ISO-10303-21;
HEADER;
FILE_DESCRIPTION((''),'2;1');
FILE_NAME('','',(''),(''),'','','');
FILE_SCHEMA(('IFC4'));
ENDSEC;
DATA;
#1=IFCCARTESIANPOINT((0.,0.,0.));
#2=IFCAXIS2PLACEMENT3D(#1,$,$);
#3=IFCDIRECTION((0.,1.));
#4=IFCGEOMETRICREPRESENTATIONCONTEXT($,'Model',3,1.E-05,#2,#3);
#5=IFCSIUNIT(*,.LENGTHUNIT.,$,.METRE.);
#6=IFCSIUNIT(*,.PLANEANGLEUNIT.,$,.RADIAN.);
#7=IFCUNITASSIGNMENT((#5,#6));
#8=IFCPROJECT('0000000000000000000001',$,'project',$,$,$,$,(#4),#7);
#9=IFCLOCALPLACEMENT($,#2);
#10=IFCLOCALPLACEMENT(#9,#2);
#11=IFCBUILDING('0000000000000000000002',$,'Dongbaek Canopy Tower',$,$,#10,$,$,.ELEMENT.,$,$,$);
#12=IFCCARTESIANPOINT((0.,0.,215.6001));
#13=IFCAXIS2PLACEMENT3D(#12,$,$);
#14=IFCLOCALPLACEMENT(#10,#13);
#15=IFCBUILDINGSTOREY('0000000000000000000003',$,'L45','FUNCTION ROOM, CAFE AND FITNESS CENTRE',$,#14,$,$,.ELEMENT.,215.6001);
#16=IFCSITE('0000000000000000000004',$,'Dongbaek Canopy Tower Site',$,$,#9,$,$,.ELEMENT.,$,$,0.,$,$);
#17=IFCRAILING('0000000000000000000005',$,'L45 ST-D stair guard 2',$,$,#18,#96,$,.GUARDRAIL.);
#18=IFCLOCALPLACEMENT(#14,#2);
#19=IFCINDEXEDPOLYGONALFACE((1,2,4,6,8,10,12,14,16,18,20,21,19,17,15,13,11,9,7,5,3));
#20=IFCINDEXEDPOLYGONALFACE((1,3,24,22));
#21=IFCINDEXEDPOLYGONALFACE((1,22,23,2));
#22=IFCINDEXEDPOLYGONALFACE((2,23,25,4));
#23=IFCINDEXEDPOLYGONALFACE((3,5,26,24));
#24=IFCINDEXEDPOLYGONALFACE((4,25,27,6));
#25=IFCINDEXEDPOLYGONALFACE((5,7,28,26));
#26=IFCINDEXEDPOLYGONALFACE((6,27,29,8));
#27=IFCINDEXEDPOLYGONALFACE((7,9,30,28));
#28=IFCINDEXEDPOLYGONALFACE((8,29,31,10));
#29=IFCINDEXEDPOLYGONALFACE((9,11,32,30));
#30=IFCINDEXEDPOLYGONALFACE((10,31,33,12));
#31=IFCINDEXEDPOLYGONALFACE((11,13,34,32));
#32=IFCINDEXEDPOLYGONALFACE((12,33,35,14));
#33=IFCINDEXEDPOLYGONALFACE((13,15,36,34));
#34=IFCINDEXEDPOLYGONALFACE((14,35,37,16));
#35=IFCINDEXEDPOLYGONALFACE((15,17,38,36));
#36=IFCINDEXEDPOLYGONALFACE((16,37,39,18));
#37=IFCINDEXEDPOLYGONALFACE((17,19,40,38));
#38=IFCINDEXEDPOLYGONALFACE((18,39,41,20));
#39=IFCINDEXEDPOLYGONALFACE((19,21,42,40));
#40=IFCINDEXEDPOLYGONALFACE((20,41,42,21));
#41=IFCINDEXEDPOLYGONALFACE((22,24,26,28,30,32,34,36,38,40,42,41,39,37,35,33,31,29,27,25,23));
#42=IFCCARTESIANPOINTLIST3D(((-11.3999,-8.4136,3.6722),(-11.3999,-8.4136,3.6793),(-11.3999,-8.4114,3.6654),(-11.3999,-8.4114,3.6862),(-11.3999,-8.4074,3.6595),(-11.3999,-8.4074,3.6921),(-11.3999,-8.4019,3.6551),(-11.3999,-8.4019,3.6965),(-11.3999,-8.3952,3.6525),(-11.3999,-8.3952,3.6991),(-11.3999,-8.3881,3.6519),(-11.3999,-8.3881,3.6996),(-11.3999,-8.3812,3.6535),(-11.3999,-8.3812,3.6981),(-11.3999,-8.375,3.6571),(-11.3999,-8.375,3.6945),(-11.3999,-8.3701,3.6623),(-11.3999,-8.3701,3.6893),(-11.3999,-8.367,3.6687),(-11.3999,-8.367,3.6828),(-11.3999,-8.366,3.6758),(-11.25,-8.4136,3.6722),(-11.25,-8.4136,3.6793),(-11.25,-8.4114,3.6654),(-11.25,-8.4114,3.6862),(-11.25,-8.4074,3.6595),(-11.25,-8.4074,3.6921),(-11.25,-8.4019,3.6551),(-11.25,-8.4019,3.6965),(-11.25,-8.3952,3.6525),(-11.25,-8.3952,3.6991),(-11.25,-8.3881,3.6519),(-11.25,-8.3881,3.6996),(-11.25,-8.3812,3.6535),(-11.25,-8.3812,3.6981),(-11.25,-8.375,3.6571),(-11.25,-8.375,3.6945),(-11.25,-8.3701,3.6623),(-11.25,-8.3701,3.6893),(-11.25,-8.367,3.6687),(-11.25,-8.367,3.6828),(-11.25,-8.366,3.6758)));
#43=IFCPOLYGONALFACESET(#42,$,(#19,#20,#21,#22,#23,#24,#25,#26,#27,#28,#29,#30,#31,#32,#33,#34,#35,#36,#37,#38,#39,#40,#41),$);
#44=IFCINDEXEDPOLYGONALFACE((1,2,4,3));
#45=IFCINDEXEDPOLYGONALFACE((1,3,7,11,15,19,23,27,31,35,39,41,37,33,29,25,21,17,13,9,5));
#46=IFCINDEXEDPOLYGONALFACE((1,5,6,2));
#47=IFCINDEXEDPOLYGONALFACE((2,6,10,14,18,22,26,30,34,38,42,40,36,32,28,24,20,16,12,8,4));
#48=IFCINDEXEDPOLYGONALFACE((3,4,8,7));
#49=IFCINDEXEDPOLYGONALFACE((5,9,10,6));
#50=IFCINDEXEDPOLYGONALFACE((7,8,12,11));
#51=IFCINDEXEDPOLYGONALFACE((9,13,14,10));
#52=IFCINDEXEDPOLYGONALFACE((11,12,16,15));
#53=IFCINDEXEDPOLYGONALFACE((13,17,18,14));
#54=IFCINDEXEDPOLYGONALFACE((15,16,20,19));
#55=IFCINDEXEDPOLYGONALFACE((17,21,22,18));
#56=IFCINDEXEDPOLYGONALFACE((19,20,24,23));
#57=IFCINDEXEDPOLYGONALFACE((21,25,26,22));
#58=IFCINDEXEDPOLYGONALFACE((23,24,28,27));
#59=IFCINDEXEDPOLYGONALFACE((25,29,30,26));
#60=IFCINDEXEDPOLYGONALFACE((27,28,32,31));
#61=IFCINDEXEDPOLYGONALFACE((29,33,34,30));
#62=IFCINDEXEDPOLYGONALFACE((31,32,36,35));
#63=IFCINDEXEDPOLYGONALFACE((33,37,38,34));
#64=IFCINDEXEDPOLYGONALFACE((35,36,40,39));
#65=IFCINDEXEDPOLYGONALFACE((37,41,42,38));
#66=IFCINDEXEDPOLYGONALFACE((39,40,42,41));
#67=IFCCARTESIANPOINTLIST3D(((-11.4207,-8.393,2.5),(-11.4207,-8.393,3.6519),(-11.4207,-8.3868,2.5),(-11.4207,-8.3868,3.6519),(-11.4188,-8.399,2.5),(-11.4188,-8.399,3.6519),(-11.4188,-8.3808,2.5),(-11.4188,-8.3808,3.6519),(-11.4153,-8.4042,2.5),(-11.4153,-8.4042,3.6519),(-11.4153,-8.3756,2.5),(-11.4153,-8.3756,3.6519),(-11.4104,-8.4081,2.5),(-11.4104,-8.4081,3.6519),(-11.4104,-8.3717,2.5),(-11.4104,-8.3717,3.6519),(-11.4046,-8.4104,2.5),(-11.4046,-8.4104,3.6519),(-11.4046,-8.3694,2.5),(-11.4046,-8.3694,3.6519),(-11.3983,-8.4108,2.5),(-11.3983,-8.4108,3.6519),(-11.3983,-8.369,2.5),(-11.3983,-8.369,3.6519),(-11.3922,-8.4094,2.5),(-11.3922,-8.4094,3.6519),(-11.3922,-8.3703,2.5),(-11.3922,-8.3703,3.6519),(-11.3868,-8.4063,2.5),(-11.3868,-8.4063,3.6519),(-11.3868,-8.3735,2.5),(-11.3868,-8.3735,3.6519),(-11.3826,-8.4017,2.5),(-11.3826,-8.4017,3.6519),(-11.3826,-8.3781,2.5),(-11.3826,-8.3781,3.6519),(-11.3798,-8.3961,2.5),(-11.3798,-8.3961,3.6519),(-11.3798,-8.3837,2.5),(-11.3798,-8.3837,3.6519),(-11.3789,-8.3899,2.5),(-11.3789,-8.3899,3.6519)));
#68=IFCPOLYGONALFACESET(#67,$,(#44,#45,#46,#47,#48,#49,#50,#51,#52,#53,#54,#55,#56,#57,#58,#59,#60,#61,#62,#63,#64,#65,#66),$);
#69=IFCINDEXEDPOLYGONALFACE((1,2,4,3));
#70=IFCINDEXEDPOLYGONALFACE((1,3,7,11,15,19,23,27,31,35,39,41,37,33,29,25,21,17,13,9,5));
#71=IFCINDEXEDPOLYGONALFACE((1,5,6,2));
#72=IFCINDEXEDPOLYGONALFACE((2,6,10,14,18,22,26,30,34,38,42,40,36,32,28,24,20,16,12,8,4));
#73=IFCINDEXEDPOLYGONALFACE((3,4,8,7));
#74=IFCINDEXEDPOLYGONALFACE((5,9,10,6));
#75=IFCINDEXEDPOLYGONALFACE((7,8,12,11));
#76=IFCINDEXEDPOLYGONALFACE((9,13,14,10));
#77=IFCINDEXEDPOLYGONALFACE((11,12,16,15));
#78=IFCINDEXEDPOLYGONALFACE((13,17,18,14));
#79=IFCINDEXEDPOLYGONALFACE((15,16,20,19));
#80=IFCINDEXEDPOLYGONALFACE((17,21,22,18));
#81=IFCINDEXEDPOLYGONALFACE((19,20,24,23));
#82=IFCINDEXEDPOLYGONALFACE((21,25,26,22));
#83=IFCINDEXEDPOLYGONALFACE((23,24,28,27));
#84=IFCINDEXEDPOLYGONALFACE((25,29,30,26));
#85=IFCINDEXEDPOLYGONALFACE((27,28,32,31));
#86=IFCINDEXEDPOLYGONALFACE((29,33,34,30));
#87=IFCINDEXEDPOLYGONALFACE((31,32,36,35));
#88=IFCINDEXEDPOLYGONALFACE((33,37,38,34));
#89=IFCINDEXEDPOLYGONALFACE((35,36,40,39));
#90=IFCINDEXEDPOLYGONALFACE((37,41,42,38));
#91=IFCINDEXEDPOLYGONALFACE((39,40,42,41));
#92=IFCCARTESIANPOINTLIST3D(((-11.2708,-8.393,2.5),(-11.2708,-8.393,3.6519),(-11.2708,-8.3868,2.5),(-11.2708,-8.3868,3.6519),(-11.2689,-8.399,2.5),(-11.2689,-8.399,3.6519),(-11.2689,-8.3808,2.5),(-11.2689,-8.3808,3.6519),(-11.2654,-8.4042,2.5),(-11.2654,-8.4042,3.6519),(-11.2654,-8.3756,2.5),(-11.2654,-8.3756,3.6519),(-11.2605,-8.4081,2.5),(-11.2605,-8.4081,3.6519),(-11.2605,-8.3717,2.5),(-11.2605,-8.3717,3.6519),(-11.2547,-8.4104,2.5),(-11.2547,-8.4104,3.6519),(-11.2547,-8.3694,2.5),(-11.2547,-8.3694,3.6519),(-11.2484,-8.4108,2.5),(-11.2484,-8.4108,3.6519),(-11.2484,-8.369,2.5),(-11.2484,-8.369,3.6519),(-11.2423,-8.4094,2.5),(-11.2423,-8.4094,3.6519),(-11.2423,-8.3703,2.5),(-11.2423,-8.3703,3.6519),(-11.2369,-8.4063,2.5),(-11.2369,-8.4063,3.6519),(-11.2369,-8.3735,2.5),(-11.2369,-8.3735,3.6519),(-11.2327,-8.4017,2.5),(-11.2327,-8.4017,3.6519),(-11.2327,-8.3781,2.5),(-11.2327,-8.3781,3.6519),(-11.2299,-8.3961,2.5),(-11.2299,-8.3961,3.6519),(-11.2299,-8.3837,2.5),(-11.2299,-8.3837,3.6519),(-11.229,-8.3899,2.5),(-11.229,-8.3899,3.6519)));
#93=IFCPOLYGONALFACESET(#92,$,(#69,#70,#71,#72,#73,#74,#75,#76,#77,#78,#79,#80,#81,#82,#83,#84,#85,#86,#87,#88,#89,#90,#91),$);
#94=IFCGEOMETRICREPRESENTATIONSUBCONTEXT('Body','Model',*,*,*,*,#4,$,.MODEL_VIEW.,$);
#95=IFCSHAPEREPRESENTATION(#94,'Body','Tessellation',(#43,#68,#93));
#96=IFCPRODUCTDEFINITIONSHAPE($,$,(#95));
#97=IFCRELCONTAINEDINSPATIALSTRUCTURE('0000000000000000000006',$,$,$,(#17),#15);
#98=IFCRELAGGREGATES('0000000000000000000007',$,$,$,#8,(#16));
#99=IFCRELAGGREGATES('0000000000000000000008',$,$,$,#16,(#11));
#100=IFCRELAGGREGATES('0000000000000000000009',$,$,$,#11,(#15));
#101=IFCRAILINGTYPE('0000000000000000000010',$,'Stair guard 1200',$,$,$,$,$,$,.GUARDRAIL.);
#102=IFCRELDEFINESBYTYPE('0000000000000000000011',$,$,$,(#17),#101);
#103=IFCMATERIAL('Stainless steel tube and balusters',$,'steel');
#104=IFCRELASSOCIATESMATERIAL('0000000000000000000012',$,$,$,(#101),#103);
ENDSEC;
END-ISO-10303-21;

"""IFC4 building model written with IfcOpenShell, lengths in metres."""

from ifc_helpers import new_model, si_unit, direction, frame, origin, origin_2d, place, context, subcontext, project, spatial, circle, extrude, material, type_object, element, save


model = new_model("IFC4")

# Units and contexts
model_context = context("Model", 3, precision=1e-05, world=origin(), true_north=direction((0.0, 1.0)))
body_context = subcontext(model_context, "Body", "Model", "MODEL_VIEW")
ifc_project = project(units=[si_unit("LENGTHUNIT", "METRE"), si_unit("PLANEANGLEUNIT", "RADIAN")], contexts=[model_context])

# Site, building, storey
site_placement = place(None, origin())
site = spatial("IfcSite", under=ifc_project, at=site_placement, Name="Dongbaek Canopy Tower Site", CompositionType="ELEMENT", RefElevation=0.0)
building_placement = place(site_placement, origin())
building = spatial("IfcBuilding", under=site, at=building_placement, Name="Dongbaek Canopy Tower", CompositionType="ELEMENT")
storey_placement = place(building_placement, frame((0.0, 0.0, 215.6001)))
storey = spatial("IfcBuildingStorey", under=building, at=storey_placement, Name="L45", Description="FUNCTION ROOM, CAFE AND FITNESS CENTRE", CompositionType="ELEMENT", Elevation=215.6001)

# Railing
ifc_material_1 = material(Name="Stainless steel tube and balusters", Category="steel")
railing_type_1 = type_object("IfcRailingType", Name="Stair guard 1200", PredefinedType="GUARDRAIL", material=ifc_material_1)
railing_1_placement = place(storey_placement, frame((-11.3999, -8.3899, 2.5)))
element("IfcRailing", 1, at=railing_1_placement, inside=storey, type_object=railing_type_1, Name="L45 ST-D stair guard 2", PredefinedType="GUARDRAIL", context=body_context, shape_type="SweptSolid", body=[
    extrude(circle(Radius=0.0239, at=origin_2d()), frame((0.0, 0.0, 1.1758), z_axis=(1.0, 0.0, 0.0), x_axis=(0.0, 1.0, 0.0)), (0.0, 0.0, 1.0), 0.1499),
    extrude(circle(Radius=0.021, at=origin_2d()), origin(), (0.0, 0.0, 1.0), 1.1519),
    extrude(circle(Radius=0.021, at=origin_2d()), frame((0.1499, 0.0, 0.0)), (0.0, 0.0, 1.0), 1.1519),
])

save(model, "model.ifc")
